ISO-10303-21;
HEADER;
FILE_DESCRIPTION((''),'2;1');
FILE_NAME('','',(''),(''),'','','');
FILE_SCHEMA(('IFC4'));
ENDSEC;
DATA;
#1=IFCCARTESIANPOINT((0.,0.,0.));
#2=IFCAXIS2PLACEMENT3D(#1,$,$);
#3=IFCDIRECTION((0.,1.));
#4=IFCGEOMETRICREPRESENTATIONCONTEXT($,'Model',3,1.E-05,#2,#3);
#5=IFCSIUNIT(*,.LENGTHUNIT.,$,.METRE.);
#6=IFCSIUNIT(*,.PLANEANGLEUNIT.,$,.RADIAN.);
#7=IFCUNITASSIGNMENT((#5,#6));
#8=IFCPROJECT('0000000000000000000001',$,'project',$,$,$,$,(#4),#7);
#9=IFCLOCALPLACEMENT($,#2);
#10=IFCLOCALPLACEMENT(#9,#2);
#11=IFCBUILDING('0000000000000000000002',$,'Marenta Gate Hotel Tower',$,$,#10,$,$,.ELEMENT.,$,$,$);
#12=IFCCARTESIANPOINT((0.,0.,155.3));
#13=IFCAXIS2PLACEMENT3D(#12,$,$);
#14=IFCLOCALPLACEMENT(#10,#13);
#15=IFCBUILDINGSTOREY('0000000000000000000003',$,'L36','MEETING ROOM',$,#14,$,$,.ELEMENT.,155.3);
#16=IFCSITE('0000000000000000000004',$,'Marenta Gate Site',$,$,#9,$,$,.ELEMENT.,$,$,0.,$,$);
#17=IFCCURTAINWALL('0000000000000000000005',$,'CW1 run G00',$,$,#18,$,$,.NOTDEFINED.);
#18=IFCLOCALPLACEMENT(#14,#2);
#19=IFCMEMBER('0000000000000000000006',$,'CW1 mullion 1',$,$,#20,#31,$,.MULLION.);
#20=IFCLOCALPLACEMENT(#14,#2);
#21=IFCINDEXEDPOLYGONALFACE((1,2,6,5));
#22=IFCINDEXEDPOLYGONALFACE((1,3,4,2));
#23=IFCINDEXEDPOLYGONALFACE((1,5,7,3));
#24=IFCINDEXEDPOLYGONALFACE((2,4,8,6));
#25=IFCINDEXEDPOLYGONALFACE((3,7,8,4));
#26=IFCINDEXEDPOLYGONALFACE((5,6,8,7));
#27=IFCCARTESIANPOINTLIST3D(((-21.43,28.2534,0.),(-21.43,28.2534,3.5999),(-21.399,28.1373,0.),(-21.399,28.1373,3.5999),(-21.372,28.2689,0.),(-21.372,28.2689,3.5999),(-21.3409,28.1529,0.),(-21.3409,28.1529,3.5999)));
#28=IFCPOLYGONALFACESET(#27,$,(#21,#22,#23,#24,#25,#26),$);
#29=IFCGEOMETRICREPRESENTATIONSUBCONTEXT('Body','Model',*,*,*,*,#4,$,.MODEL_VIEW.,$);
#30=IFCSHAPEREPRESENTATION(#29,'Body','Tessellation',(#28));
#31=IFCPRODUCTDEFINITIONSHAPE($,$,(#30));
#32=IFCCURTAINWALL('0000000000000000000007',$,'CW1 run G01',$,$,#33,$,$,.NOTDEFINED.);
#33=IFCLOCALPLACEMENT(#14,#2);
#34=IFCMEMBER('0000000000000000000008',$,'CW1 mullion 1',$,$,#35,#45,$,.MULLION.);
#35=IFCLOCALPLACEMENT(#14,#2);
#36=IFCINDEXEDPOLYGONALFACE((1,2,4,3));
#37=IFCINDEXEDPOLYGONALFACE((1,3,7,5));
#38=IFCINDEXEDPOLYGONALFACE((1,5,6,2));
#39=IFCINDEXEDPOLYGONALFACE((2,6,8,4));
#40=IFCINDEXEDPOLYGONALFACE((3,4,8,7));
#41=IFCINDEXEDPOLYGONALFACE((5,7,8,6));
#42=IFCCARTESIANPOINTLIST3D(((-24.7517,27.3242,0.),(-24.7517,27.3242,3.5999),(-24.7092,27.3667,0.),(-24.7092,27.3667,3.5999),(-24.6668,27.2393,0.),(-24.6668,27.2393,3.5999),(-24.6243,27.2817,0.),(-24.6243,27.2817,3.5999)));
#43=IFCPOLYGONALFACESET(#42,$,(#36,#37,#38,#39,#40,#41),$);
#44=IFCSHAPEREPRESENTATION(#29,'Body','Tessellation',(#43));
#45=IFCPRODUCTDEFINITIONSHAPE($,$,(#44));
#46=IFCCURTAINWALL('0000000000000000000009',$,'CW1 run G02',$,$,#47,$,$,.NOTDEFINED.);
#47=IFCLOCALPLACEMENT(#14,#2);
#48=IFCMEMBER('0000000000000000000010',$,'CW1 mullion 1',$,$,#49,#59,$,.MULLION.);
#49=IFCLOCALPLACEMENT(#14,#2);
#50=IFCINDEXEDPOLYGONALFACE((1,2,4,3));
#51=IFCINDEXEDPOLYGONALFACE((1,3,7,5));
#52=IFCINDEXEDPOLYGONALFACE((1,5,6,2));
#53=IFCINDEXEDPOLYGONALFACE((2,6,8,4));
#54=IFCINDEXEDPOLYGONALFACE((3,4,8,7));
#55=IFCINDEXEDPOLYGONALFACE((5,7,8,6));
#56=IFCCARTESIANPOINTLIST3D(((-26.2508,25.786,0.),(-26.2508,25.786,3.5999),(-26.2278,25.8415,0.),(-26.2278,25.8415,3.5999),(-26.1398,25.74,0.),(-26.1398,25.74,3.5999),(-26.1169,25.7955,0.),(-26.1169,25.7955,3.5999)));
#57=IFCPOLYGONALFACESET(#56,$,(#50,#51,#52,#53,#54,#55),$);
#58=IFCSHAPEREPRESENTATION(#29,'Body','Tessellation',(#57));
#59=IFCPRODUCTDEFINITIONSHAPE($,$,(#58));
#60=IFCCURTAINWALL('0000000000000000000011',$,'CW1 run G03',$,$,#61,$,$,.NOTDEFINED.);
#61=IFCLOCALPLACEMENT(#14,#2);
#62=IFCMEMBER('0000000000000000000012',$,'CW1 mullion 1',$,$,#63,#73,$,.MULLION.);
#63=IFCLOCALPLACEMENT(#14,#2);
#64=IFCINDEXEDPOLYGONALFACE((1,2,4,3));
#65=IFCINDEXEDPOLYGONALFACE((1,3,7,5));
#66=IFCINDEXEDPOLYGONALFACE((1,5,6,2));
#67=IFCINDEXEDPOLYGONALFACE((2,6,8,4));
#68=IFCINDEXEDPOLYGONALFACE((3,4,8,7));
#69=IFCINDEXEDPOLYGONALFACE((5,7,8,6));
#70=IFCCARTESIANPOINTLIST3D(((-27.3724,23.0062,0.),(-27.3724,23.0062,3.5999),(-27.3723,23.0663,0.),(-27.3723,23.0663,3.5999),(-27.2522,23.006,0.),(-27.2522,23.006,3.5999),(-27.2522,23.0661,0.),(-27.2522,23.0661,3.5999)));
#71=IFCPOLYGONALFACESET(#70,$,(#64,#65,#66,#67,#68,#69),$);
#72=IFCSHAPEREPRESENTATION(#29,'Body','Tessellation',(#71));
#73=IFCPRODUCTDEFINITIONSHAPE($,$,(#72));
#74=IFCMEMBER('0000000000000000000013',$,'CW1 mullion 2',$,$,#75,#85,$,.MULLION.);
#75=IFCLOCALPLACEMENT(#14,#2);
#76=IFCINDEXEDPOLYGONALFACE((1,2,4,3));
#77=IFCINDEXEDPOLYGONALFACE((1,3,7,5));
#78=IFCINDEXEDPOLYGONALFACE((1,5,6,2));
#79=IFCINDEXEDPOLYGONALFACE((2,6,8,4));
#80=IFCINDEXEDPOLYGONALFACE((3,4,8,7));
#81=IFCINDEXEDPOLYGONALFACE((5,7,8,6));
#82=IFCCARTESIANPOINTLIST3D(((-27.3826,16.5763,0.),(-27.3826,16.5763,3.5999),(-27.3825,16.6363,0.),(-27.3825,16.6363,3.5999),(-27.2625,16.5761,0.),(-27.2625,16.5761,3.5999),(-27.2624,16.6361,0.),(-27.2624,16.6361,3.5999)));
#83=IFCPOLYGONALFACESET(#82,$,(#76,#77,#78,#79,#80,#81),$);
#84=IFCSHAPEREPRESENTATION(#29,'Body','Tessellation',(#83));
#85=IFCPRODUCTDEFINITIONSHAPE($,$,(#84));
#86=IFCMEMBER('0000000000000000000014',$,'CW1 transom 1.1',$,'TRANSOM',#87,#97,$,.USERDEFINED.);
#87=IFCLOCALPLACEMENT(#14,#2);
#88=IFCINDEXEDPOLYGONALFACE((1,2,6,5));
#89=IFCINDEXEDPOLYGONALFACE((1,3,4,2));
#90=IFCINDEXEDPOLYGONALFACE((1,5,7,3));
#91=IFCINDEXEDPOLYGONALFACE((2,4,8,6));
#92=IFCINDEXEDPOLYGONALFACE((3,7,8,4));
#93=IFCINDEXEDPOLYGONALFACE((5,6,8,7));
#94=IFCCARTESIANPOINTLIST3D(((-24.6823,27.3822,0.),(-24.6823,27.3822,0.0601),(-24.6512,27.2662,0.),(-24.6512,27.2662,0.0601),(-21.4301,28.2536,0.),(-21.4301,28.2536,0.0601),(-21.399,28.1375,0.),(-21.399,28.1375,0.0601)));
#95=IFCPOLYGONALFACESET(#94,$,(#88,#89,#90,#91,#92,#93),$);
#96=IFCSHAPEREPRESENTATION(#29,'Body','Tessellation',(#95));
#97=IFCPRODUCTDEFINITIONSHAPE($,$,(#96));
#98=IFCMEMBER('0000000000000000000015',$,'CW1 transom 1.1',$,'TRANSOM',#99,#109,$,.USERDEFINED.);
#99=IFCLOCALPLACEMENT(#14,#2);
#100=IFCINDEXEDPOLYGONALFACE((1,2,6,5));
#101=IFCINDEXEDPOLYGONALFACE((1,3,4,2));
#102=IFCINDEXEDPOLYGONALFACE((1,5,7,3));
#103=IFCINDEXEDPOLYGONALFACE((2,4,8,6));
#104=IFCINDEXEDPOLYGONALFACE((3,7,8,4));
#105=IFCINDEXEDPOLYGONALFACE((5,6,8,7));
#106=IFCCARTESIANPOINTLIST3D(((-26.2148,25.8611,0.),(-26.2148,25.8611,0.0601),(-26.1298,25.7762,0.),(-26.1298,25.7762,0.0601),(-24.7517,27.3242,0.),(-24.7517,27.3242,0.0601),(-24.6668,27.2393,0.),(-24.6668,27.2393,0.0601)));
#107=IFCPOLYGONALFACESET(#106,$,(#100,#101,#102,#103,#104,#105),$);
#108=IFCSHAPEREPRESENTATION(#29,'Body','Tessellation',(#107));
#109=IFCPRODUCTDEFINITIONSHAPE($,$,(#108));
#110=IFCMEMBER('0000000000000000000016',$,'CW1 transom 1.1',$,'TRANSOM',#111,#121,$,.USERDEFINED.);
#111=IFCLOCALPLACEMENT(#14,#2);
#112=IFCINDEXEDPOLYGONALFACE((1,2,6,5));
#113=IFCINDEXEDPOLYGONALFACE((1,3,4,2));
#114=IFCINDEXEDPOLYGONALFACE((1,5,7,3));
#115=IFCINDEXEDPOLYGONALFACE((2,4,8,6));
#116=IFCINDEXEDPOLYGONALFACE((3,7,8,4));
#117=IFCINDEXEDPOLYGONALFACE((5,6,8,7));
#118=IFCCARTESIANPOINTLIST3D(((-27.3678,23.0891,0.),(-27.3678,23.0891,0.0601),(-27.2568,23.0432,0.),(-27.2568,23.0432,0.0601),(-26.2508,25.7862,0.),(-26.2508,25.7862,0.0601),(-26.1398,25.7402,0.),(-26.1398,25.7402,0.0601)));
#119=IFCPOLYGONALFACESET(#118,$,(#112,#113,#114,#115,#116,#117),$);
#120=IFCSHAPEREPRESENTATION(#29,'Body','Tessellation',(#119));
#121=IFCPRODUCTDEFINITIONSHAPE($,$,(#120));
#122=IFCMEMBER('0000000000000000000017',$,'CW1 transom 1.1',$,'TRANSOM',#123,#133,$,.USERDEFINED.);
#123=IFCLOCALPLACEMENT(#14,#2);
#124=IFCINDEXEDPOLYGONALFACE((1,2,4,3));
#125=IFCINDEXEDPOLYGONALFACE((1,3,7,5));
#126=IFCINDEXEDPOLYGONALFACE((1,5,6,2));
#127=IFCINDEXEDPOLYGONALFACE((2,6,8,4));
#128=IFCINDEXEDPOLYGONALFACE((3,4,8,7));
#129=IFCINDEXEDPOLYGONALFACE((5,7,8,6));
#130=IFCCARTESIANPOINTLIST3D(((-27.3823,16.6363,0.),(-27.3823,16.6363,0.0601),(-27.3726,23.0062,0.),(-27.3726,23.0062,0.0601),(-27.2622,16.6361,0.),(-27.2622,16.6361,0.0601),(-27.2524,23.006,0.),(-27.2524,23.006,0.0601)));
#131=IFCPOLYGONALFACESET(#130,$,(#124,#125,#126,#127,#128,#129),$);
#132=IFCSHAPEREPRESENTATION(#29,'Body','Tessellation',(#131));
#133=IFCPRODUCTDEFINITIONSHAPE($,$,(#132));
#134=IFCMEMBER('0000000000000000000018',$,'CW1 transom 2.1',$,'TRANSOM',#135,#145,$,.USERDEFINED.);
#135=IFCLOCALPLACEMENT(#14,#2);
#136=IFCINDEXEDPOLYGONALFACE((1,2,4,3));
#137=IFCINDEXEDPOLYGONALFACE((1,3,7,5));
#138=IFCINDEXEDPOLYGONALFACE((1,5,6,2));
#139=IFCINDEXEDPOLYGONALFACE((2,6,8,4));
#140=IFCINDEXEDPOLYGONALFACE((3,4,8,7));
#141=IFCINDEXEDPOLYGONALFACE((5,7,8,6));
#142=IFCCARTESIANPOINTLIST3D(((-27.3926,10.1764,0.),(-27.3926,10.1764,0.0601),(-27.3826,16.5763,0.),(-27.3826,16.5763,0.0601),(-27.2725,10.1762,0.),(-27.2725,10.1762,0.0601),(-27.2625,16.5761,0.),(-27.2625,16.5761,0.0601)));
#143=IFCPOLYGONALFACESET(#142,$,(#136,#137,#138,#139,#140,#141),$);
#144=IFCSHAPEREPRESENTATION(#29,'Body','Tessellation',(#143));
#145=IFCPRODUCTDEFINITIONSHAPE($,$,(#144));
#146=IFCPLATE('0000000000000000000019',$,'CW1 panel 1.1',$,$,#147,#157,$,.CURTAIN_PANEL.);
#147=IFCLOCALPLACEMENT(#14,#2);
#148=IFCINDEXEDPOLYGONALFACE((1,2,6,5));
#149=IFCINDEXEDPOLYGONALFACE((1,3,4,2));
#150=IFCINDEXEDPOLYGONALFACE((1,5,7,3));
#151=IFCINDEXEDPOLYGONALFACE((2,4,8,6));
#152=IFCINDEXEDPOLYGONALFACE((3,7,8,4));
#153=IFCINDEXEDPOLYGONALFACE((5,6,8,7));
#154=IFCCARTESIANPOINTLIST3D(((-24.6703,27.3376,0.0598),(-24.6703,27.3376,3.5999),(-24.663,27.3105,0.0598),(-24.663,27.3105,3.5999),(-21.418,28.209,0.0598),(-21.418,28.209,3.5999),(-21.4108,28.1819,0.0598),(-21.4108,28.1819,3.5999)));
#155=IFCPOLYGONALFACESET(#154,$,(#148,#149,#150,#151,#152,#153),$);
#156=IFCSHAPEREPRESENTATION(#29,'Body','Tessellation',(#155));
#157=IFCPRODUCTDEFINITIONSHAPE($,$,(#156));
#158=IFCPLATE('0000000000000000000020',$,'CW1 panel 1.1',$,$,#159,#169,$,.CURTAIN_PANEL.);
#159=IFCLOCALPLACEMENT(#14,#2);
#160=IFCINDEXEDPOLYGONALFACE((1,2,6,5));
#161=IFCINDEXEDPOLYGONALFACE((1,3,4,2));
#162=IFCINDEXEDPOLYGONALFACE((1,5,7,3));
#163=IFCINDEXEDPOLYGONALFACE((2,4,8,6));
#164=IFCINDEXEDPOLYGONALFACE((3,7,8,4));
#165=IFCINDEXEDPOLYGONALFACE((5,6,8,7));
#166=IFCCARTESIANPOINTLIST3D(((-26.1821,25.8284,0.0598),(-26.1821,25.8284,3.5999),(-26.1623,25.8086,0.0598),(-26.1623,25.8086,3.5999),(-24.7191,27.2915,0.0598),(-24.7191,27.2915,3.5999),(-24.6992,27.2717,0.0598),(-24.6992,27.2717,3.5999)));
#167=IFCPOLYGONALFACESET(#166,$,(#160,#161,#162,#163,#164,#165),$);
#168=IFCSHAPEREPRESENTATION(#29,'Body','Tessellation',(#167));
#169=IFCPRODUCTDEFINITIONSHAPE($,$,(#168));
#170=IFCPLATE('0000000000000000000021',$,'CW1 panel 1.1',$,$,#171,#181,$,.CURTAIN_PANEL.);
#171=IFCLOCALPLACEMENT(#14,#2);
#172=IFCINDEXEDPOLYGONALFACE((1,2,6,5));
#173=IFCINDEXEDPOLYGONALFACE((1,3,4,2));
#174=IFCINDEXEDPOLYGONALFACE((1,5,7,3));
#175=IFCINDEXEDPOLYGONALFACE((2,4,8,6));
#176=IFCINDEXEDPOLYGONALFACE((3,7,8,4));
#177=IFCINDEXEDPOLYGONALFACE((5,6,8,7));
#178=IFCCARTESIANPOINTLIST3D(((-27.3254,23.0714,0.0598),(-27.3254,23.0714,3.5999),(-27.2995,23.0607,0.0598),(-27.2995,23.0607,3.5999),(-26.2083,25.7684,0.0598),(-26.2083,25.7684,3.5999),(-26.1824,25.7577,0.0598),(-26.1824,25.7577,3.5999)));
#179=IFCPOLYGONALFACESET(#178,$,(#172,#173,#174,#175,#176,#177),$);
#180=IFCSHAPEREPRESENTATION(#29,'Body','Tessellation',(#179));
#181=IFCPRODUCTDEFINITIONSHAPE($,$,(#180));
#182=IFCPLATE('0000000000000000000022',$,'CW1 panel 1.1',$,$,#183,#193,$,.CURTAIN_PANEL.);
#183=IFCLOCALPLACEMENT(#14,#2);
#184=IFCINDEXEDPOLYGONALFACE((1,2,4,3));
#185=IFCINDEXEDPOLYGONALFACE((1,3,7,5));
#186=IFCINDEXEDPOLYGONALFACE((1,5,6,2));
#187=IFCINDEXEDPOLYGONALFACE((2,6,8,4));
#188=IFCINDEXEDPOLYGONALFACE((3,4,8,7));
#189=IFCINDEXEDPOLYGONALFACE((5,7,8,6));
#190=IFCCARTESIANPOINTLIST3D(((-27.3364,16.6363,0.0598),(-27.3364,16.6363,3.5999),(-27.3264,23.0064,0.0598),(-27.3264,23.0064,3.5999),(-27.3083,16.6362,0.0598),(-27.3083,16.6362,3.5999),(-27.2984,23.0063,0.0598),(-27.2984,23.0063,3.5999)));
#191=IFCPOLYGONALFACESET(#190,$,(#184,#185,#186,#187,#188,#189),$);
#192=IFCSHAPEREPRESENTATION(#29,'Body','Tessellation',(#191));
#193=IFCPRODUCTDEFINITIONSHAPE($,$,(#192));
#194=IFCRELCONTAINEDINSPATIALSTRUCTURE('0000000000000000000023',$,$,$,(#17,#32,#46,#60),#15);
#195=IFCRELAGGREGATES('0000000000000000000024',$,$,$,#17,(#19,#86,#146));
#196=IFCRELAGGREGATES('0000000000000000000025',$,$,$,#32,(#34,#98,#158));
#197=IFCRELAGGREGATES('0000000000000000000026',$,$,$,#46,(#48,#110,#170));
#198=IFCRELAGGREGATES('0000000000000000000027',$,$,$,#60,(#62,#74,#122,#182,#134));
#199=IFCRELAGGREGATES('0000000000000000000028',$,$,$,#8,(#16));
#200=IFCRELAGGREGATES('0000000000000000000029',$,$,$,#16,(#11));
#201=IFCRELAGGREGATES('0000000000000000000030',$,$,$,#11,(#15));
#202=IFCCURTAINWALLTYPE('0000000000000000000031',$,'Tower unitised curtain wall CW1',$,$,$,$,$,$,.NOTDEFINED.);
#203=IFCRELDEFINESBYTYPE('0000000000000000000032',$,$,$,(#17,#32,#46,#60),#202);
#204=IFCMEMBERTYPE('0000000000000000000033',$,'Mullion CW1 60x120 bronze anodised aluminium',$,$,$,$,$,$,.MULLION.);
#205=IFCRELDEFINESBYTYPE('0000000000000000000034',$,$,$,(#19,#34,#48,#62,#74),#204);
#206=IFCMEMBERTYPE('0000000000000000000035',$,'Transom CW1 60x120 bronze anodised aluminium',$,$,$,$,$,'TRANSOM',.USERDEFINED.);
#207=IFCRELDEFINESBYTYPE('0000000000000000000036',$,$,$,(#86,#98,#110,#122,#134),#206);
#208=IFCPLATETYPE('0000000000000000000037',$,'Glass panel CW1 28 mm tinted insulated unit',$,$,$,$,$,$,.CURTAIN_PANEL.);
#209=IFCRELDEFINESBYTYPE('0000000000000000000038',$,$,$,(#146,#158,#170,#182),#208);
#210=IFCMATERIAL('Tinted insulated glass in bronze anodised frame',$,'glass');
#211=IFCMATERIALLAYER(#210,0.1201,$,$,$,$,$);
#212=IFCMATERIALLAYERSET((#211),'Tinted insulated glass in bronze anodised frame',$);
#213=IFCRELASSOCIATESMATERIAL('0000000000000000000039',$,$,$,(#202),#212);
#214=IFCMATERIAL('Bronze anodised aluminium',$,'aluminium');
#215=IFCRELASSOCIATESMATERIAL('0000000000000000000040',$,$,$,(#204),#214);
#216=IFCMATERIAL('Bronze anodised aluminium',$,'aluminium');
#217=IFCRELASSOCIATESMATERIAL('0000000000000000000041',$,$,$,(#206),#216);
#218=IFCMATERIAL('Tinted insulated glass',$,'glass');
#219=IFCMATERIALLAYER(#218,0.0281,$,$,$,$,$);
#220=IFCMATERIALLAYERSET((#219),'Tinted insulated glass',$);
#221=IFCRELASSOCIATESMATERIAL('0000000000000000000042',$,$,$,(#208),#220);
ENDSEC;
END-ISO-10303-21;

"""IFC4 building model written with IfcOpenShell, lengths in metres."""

from ifc_helpers import new_model, si_unit, direction, frame, origin, origin_2d, place, context, subcontext, project, spatial, rectangle, extrude, material, layer, layer_set, material_profile, profile_set, type_object, element, aggregate, save


model = new_model("IFC4")

# Units and contexts
model_context = context("Model", 3, precision=1e-05, world=origin(), true_north=direction((0.0, 1.0)))
body_context = subcontext(model_context, "Body", "Model", "MODEL_VIEW")
ifc_project = project(units=[si_unit("LENGTHUNIT", "METRE"), si_unit("PLANEANGLEUNIT", "RADIAN")], contexts=[model_context])

# Site, building, storey
site_placement = place(None, origin())
site = spatial("IfcSite", under=ifc_project, at=site_placement, Name="Marenta Gate Site", CompositionType="ELEMENT", RefElevation=0.0)
building_placement = place(site_placement, origin())
building = spatial("IfcBuilding", under=site, at=building_placement, Name="Marenta Gate Hotel Tower", CompositionType="ELEMENT")
storey_placement = place(building_placement, frame((0.0, 0.0, 155.3)))
storey = spatial("IfcBuildingStorey", under=building, at=storey_placement, Name="L36", Description="MEETING ROOM", CompositionType="ELEMENT", Elevation=155.3)

# Curtain walls, members
ifc_material_1 = material(Name="Tinted insulated glass in bronze anodised frame", Category="glass")
ifc_layer_1 = layer(ifc_material_1, 0.1201)
ifc_layer_set_1 = layer_set([ifc_layer_1], Name="Tinted insulated glass in bronze anodised frame")
curtain_wall_type = type_object("IfcCurtainWallType", Name="Tower unitised curtain wall CW1", PredefinedType="NOTDEFINED", material=ifc_layer_set_1)
curtain_wall_1_placement = place(storey_placement, origin())
curtain_wall_1 = element("IfcCurtainWall", 1, at=curtain_wall_1_placement, inside=storey, type_object=curtain_wall_type, Name="CW1 run G00", PredefinedType="NOTDEFINED")
ifc_material_2 = material(Name="Bronze anodised aluminium", Category="aluminium")
ifc_material_profile_1 = material_profile(ifc_material_2, rectangle(XDim=0.1201, YDim=0.0601, at=origin_2d()), Name="Mullion CW1 60x120 bronze anodised aluminium")
ifc_profile_set_1 = profile_set([ifc_material_profile_1], Name="Bronze anodised aluminium")
member_type_1 = type_object("IfcMemberType", Name="Mullion CW1 60x120 bronze anodised aluminium", PredefinedType="MULLION", material=ifc_profile_set_1)
member_1_placement = place(storey_placement, frame((-21.3855, 28.2031, 0.0), z_axis=(0.0, 0.0, 1.0), x_axis=(0.258801, -0.965931, 0.0)))
member_1 = element("IfcMember", 2, at=member_1_placement, type_object=member_type_1, Name="CW1 mullion 1", PredefinedType="MULLION", context=body_context, shape_type="SweptSolid", body=[
    extrude(rectangle(XDim=0.1201, YDim=0.0601, at=origin_2d()), origin(), (0.0, 0.0, 1.0), 3.5999),
])
curtain_wall_2_placement = place(storey_placement, origin())
curtain_wall_2 = element("IfcCurtainWall", 3, at=curtain_wall_2_placement, inside=storey, type_object=curtain_wall_type, Name="CW1 run G01", PredefinedType="NOTDEFINED")
member_2_placement = place(storey_placement, frame((-24.688, 27.303, 0.0), z_axis=(0.0, 0.0, 1.0), x_axis=(0.707107, -0.707107, 0.0)))
member_2 = element("IfcMember", 4, at=member_2_placement, type_object=member_type_1, Name="CW1 mullion 1", PredefinedType="MULLION", context=body_context, shape_type="SweptSolid", body=[
    extrude(rectangle(XDim=0.1201, YDim=0.0601, at=origin_2d()), origin(), (0.0, 0.0, 1.0), 3.5999),
])
curtain_wall_3_placement = place(storey_placement, origin())
curtain_wall_3 = element("IfcCurtainWall", 5, at=curtain_wall_3_placement, inside=storey, type_object=curtain_wall_type, Name="CW1 run G02", PredefinedType="NOTDEFINED")
member_3_placement = place(storey_placement, frame((-26.1838, 25.7908, 0.0), z_axis=(0.0, 0.0, 1.0), x_axis=(0.923884, -0.382672, 0.0)))
member_3 = element("IfcMember", 6, at=member_3_placement, type_object=member_type_1, Name="CW1 mullion 1", PredefinedType="MULLION", context=body_context, shape_type="SweptSolid", body=[
    extrude(rectangle(XDim=0.1201, YDim=0.0601, at=origin_2d()), origin(), (0.0, 0.0, 1.0), 3.5999),
])

# Curtain wall, members
curtain_wall_4_placement = place(storey_placement, origin())
curtain_wall_4 = element("IfcCurtainWall", 7, at=curtain_wall_4_placement, inside=storey, type_object=curtain_wall_type, Name="CW1 run G03", PredefinedType="NOTDEFINED")
member_4_placement = place(storey_placement, frame((-27.3123, 23.0361, 0.0), z_axis=(0.0, 0.0, 1.0), x_axis=(0.999999, -0.001566, 0.0)))
member_4 = element("IfcMember", 8, at=member_4_placement, type_object=member_type_1, Name="CW1 mullion 1", PredefinedType="MULLION", context=body_context, shape_type="SweptSolid", body=[
    extrude(rectangle(XDim=0.1201, YDim=0.0601, at=origin_2d()), origin(), (0.0, 0.0, 1.0), 3.5999),
])
member_5_placement = place(storey_placement, frame((-27.3225, 16.6062, 0.0), z_axis=(0.0, 0.0, 1.0), x_axis=(0.999999, -0.001566, 0.0)))
member_5 = element("IfcMember", 9, at=member_5_placement, type_object=member_type_1, Name="CW1 mullion 2", PredefinedType="MULLION", context=body_context, shape_type="SweptSolid", body=[
    extrude(rectangle(XDim=0.1201, YDim=0.0601, at=origin_2d()), origin(), (0.0, 0.0, 1.0), 3.5999),
])

# Members
ifc_material_3 = material(Name="Bronze anodised aluminium", Category="aluminium")
ifc_material_profile_2 = material_profile(ifc_material_3, rectangle(XDim=0.1201, YDim=0.0601, at=origin_2d()), Name="Transom CW1 60x120 bronze anodised aluminium")
ifc_profile_set_2 = profile_set([ifc_material_profile_2], Name="Bronze anodised aluminium")
member_type_2 = type_object("IfcMemberType", Name="Transom CW1 60x120 bronze anodised aluminium", ElementType="TRANSOM", PredefinedType="USERDEFINED", material=ifc_profile_set_2)
member_6_placement = place(storey_placement, frame((-21.4146, 28.1956, 0.03), z_axis=(-0.965932, -0.258795, 0.0), x_axis=(0.258795, -0.965932, 0.0)))
member_6 = element("IfcMember", 10, at=member_6_placement, type_object=member_type_2, Name="CW1 transom 1.1", ObjectType="TRANSOM", PredefinedType="USERDEFINED", context=body_context, shape_type="SweptSolid", body=[
    extrude(rectangle(XDim=0.1201, YDim=0.0601, at=origin_2d()), origin(), (0.0, 0.0, 1.0), 3.3669),
])
member_7_placement = place(storey_placement, frame((-24.7092, 27.2817, 0.03), z_axis=(-0.707107, -0.707107, 0.0), x_axis=(0.707107, -0.707107, 0.0)))
member_7 = element("IfcMember", 11, at=member_7_placement, type_object=member_type_2, Name="CW1 transom 1.1", ObjectType="TRANSOM", PredefinedType="USERDEFINED", context=body_context, shape_type="SweptSolid", body=[
    extrude(rectangle(XDim=0.1201, YDim=0.0601, at=origin_2d()), origin(), (0.0, 0.0, 1.0), 2.0691),
])
member_8_placement = place(storey_placement, frame((-26.1953, 25.7632, 0.03), z_axis=(-0.382625, -0.923904, 0.0), x_axis=(0.923904, -0.382625, 0.0)))
member_8 = element("IfcMember", 12, at=member_8_placement, type_object=member_type_2, Name="CW1 transom 1.1", ObjectType="TRANSOM", PredefinedType="USERDEFINED", context=body_context, shape_type="SweptSolid", body=[
    extrude(rectangle(XDim=0.1201, YDim=0.0601, at=origin_2d()), origin(), (0.0, 0.0, 1.0), 2.9192),
])
member_9_placement = place(storey_placement, frame((-27.3125, 23.0061, 0.03), z_axis=(-0.001533, -0.999999, 0.0), x_axis=(0.999999, -0.001533, 0.0)))
member_9 = element("IfcMember", 13, at=member_9_placement, type_object=member_type_2, Name="CW1 transom 1.1", ObjectType="TRANSOM", PredefinedType="USERDEFINED", context=body_context, shape_type="SweptSolid", body=[
    extrude(rectangle(XDim=0.1201, YDim=0.0601, at=origin_2d()), origin(), (0.0, 0.0, 1.0), 6.3699),
])
member_10_placement = place(storey_placement, frame((-27.3225, 16.5762, 0.03), z_axis=(-0.001564, -0.999999, 0.0), x_axis=(0.999999, -0.001564, 0.0)))
member_10 = element("IfcMember", 14, at=member_10_placement, type_object=member_type_2, Name="CW1 transom 2.1", ObjectType="TRANSOM", PredefinedType="USERDEFINED", context=body_context, shape_type="SweptSolid", body=[
    extrude(rectangle(XDim=0.1201, YDim=0.0601, at=origin_2d()), origin(), (0.0, 0.0, 1.0), 6.3999),
])

# Plates
ifc_material_4 = material(Name="Tinted insulated glass", Category="glass")
ifc_layer_2 = layer(ifc_material_4, 0.0281)
ifc_layer_set_2 = layer_set([ifc_layer_2], Name="Tinted insulated glass")
plate_type = type_object("IfcPlateType", Name="Glass panel CW1 28 mm tinted insulated unit", PredefinedType="CURTAIN_PANEL", material=ifc_layer_set_2)
plate_1_placement = place(storey_placement, frame((-23.0405, 27.7598, 0.0598), z_axis=(0.0, 0.0, 1.0), x_axis=(-0.965931, -0.258801, 0.0)))
plate_1 = element("IfcPlate", 15, at=plate_1_placement, type_object=plate_type, Name="CW1 panel 1.1", PredefinedType="CURTAIN_PANEL", context=body_context, shape_type="SweptSolid", body=[
    extrude(rectangle(XDim=3.3669, YDim=0.0281, at=origin_2d()), origin(), (0.0, 0.0, 1.0), 3.54),
])
aggregate(curtain_wall_1, [member_1, member_6, plate_1])
plate_2_placement = place(storey_placement, frame((-25.4407, 26.55, 0.0598), z_axis=(0.0, 0.0, 1.0), x_axis=(-0.707107, -0.707107, 0.0)))
plate_2 = element("IfcPlate", 16, at=plate_2_placement, type_object=plate_type, Name="CW1 panel 1.1", PredefinedType="CURTAIN_PANEL", context=body_context, shape_type="SweptSolid", body=[
    extrude(rectangle(XDim=2.0691, YDim=0.0281, at=origin_2d()), origin(), (0.0, 0.0, 1.0), 3.54),
])
aggregate(curtain_wall_2, [member_2, member_7, plate_2])
plate_3_placement = place(storey_placement, frame((-26.7539, 24.4146, 0.0598), z_axis=(0.0, 0.0, 1.0), x_axis=(-0.382672, -0.923884, 0.0)))
plate_3 = element("IfcPlate", 17, at=plate_3_placement, type_object=plate_type, Name="CW1 panel 1.1", PredefinedType="CURTAIN_PANEL", context=body_context, shape_type="SweptSolid", body=[
    extrude(rectangle(XDim=2.9192, YDim=0.0281, at=origin_2d()), origin(), (0.0, 0.0, 1.0), 3.54),
])
aggregate(curtain_wall_3, [member_3, member_8, plate_3])
plate_4_placement = place(storey_placement, frame((-27.3174, 19.8213, 0.0598), z_axis=(0.0, 0.0, 1.0), x_axis=(-0.001566, -0.999999, 0.0)))
plate_4 = element("IfcPlate", 18, at=plate_4_placement, type_object=plate_type, Name="CW1 panel 1.1", PredefinedType="CURTAIN_PANEL", context=body_context, shape_type="SweptSolid", body=[
    extrude(rectangle(XDim=6.3701, YDim=0.0281, at=origin_2d()), origin(), (0.0, 0.0, 1.0), 3.54),
])
aggregate(curtain_wall_4, [member_4, member_5, member_9, plate_4, member_10])

save(model, "model.ifc")
